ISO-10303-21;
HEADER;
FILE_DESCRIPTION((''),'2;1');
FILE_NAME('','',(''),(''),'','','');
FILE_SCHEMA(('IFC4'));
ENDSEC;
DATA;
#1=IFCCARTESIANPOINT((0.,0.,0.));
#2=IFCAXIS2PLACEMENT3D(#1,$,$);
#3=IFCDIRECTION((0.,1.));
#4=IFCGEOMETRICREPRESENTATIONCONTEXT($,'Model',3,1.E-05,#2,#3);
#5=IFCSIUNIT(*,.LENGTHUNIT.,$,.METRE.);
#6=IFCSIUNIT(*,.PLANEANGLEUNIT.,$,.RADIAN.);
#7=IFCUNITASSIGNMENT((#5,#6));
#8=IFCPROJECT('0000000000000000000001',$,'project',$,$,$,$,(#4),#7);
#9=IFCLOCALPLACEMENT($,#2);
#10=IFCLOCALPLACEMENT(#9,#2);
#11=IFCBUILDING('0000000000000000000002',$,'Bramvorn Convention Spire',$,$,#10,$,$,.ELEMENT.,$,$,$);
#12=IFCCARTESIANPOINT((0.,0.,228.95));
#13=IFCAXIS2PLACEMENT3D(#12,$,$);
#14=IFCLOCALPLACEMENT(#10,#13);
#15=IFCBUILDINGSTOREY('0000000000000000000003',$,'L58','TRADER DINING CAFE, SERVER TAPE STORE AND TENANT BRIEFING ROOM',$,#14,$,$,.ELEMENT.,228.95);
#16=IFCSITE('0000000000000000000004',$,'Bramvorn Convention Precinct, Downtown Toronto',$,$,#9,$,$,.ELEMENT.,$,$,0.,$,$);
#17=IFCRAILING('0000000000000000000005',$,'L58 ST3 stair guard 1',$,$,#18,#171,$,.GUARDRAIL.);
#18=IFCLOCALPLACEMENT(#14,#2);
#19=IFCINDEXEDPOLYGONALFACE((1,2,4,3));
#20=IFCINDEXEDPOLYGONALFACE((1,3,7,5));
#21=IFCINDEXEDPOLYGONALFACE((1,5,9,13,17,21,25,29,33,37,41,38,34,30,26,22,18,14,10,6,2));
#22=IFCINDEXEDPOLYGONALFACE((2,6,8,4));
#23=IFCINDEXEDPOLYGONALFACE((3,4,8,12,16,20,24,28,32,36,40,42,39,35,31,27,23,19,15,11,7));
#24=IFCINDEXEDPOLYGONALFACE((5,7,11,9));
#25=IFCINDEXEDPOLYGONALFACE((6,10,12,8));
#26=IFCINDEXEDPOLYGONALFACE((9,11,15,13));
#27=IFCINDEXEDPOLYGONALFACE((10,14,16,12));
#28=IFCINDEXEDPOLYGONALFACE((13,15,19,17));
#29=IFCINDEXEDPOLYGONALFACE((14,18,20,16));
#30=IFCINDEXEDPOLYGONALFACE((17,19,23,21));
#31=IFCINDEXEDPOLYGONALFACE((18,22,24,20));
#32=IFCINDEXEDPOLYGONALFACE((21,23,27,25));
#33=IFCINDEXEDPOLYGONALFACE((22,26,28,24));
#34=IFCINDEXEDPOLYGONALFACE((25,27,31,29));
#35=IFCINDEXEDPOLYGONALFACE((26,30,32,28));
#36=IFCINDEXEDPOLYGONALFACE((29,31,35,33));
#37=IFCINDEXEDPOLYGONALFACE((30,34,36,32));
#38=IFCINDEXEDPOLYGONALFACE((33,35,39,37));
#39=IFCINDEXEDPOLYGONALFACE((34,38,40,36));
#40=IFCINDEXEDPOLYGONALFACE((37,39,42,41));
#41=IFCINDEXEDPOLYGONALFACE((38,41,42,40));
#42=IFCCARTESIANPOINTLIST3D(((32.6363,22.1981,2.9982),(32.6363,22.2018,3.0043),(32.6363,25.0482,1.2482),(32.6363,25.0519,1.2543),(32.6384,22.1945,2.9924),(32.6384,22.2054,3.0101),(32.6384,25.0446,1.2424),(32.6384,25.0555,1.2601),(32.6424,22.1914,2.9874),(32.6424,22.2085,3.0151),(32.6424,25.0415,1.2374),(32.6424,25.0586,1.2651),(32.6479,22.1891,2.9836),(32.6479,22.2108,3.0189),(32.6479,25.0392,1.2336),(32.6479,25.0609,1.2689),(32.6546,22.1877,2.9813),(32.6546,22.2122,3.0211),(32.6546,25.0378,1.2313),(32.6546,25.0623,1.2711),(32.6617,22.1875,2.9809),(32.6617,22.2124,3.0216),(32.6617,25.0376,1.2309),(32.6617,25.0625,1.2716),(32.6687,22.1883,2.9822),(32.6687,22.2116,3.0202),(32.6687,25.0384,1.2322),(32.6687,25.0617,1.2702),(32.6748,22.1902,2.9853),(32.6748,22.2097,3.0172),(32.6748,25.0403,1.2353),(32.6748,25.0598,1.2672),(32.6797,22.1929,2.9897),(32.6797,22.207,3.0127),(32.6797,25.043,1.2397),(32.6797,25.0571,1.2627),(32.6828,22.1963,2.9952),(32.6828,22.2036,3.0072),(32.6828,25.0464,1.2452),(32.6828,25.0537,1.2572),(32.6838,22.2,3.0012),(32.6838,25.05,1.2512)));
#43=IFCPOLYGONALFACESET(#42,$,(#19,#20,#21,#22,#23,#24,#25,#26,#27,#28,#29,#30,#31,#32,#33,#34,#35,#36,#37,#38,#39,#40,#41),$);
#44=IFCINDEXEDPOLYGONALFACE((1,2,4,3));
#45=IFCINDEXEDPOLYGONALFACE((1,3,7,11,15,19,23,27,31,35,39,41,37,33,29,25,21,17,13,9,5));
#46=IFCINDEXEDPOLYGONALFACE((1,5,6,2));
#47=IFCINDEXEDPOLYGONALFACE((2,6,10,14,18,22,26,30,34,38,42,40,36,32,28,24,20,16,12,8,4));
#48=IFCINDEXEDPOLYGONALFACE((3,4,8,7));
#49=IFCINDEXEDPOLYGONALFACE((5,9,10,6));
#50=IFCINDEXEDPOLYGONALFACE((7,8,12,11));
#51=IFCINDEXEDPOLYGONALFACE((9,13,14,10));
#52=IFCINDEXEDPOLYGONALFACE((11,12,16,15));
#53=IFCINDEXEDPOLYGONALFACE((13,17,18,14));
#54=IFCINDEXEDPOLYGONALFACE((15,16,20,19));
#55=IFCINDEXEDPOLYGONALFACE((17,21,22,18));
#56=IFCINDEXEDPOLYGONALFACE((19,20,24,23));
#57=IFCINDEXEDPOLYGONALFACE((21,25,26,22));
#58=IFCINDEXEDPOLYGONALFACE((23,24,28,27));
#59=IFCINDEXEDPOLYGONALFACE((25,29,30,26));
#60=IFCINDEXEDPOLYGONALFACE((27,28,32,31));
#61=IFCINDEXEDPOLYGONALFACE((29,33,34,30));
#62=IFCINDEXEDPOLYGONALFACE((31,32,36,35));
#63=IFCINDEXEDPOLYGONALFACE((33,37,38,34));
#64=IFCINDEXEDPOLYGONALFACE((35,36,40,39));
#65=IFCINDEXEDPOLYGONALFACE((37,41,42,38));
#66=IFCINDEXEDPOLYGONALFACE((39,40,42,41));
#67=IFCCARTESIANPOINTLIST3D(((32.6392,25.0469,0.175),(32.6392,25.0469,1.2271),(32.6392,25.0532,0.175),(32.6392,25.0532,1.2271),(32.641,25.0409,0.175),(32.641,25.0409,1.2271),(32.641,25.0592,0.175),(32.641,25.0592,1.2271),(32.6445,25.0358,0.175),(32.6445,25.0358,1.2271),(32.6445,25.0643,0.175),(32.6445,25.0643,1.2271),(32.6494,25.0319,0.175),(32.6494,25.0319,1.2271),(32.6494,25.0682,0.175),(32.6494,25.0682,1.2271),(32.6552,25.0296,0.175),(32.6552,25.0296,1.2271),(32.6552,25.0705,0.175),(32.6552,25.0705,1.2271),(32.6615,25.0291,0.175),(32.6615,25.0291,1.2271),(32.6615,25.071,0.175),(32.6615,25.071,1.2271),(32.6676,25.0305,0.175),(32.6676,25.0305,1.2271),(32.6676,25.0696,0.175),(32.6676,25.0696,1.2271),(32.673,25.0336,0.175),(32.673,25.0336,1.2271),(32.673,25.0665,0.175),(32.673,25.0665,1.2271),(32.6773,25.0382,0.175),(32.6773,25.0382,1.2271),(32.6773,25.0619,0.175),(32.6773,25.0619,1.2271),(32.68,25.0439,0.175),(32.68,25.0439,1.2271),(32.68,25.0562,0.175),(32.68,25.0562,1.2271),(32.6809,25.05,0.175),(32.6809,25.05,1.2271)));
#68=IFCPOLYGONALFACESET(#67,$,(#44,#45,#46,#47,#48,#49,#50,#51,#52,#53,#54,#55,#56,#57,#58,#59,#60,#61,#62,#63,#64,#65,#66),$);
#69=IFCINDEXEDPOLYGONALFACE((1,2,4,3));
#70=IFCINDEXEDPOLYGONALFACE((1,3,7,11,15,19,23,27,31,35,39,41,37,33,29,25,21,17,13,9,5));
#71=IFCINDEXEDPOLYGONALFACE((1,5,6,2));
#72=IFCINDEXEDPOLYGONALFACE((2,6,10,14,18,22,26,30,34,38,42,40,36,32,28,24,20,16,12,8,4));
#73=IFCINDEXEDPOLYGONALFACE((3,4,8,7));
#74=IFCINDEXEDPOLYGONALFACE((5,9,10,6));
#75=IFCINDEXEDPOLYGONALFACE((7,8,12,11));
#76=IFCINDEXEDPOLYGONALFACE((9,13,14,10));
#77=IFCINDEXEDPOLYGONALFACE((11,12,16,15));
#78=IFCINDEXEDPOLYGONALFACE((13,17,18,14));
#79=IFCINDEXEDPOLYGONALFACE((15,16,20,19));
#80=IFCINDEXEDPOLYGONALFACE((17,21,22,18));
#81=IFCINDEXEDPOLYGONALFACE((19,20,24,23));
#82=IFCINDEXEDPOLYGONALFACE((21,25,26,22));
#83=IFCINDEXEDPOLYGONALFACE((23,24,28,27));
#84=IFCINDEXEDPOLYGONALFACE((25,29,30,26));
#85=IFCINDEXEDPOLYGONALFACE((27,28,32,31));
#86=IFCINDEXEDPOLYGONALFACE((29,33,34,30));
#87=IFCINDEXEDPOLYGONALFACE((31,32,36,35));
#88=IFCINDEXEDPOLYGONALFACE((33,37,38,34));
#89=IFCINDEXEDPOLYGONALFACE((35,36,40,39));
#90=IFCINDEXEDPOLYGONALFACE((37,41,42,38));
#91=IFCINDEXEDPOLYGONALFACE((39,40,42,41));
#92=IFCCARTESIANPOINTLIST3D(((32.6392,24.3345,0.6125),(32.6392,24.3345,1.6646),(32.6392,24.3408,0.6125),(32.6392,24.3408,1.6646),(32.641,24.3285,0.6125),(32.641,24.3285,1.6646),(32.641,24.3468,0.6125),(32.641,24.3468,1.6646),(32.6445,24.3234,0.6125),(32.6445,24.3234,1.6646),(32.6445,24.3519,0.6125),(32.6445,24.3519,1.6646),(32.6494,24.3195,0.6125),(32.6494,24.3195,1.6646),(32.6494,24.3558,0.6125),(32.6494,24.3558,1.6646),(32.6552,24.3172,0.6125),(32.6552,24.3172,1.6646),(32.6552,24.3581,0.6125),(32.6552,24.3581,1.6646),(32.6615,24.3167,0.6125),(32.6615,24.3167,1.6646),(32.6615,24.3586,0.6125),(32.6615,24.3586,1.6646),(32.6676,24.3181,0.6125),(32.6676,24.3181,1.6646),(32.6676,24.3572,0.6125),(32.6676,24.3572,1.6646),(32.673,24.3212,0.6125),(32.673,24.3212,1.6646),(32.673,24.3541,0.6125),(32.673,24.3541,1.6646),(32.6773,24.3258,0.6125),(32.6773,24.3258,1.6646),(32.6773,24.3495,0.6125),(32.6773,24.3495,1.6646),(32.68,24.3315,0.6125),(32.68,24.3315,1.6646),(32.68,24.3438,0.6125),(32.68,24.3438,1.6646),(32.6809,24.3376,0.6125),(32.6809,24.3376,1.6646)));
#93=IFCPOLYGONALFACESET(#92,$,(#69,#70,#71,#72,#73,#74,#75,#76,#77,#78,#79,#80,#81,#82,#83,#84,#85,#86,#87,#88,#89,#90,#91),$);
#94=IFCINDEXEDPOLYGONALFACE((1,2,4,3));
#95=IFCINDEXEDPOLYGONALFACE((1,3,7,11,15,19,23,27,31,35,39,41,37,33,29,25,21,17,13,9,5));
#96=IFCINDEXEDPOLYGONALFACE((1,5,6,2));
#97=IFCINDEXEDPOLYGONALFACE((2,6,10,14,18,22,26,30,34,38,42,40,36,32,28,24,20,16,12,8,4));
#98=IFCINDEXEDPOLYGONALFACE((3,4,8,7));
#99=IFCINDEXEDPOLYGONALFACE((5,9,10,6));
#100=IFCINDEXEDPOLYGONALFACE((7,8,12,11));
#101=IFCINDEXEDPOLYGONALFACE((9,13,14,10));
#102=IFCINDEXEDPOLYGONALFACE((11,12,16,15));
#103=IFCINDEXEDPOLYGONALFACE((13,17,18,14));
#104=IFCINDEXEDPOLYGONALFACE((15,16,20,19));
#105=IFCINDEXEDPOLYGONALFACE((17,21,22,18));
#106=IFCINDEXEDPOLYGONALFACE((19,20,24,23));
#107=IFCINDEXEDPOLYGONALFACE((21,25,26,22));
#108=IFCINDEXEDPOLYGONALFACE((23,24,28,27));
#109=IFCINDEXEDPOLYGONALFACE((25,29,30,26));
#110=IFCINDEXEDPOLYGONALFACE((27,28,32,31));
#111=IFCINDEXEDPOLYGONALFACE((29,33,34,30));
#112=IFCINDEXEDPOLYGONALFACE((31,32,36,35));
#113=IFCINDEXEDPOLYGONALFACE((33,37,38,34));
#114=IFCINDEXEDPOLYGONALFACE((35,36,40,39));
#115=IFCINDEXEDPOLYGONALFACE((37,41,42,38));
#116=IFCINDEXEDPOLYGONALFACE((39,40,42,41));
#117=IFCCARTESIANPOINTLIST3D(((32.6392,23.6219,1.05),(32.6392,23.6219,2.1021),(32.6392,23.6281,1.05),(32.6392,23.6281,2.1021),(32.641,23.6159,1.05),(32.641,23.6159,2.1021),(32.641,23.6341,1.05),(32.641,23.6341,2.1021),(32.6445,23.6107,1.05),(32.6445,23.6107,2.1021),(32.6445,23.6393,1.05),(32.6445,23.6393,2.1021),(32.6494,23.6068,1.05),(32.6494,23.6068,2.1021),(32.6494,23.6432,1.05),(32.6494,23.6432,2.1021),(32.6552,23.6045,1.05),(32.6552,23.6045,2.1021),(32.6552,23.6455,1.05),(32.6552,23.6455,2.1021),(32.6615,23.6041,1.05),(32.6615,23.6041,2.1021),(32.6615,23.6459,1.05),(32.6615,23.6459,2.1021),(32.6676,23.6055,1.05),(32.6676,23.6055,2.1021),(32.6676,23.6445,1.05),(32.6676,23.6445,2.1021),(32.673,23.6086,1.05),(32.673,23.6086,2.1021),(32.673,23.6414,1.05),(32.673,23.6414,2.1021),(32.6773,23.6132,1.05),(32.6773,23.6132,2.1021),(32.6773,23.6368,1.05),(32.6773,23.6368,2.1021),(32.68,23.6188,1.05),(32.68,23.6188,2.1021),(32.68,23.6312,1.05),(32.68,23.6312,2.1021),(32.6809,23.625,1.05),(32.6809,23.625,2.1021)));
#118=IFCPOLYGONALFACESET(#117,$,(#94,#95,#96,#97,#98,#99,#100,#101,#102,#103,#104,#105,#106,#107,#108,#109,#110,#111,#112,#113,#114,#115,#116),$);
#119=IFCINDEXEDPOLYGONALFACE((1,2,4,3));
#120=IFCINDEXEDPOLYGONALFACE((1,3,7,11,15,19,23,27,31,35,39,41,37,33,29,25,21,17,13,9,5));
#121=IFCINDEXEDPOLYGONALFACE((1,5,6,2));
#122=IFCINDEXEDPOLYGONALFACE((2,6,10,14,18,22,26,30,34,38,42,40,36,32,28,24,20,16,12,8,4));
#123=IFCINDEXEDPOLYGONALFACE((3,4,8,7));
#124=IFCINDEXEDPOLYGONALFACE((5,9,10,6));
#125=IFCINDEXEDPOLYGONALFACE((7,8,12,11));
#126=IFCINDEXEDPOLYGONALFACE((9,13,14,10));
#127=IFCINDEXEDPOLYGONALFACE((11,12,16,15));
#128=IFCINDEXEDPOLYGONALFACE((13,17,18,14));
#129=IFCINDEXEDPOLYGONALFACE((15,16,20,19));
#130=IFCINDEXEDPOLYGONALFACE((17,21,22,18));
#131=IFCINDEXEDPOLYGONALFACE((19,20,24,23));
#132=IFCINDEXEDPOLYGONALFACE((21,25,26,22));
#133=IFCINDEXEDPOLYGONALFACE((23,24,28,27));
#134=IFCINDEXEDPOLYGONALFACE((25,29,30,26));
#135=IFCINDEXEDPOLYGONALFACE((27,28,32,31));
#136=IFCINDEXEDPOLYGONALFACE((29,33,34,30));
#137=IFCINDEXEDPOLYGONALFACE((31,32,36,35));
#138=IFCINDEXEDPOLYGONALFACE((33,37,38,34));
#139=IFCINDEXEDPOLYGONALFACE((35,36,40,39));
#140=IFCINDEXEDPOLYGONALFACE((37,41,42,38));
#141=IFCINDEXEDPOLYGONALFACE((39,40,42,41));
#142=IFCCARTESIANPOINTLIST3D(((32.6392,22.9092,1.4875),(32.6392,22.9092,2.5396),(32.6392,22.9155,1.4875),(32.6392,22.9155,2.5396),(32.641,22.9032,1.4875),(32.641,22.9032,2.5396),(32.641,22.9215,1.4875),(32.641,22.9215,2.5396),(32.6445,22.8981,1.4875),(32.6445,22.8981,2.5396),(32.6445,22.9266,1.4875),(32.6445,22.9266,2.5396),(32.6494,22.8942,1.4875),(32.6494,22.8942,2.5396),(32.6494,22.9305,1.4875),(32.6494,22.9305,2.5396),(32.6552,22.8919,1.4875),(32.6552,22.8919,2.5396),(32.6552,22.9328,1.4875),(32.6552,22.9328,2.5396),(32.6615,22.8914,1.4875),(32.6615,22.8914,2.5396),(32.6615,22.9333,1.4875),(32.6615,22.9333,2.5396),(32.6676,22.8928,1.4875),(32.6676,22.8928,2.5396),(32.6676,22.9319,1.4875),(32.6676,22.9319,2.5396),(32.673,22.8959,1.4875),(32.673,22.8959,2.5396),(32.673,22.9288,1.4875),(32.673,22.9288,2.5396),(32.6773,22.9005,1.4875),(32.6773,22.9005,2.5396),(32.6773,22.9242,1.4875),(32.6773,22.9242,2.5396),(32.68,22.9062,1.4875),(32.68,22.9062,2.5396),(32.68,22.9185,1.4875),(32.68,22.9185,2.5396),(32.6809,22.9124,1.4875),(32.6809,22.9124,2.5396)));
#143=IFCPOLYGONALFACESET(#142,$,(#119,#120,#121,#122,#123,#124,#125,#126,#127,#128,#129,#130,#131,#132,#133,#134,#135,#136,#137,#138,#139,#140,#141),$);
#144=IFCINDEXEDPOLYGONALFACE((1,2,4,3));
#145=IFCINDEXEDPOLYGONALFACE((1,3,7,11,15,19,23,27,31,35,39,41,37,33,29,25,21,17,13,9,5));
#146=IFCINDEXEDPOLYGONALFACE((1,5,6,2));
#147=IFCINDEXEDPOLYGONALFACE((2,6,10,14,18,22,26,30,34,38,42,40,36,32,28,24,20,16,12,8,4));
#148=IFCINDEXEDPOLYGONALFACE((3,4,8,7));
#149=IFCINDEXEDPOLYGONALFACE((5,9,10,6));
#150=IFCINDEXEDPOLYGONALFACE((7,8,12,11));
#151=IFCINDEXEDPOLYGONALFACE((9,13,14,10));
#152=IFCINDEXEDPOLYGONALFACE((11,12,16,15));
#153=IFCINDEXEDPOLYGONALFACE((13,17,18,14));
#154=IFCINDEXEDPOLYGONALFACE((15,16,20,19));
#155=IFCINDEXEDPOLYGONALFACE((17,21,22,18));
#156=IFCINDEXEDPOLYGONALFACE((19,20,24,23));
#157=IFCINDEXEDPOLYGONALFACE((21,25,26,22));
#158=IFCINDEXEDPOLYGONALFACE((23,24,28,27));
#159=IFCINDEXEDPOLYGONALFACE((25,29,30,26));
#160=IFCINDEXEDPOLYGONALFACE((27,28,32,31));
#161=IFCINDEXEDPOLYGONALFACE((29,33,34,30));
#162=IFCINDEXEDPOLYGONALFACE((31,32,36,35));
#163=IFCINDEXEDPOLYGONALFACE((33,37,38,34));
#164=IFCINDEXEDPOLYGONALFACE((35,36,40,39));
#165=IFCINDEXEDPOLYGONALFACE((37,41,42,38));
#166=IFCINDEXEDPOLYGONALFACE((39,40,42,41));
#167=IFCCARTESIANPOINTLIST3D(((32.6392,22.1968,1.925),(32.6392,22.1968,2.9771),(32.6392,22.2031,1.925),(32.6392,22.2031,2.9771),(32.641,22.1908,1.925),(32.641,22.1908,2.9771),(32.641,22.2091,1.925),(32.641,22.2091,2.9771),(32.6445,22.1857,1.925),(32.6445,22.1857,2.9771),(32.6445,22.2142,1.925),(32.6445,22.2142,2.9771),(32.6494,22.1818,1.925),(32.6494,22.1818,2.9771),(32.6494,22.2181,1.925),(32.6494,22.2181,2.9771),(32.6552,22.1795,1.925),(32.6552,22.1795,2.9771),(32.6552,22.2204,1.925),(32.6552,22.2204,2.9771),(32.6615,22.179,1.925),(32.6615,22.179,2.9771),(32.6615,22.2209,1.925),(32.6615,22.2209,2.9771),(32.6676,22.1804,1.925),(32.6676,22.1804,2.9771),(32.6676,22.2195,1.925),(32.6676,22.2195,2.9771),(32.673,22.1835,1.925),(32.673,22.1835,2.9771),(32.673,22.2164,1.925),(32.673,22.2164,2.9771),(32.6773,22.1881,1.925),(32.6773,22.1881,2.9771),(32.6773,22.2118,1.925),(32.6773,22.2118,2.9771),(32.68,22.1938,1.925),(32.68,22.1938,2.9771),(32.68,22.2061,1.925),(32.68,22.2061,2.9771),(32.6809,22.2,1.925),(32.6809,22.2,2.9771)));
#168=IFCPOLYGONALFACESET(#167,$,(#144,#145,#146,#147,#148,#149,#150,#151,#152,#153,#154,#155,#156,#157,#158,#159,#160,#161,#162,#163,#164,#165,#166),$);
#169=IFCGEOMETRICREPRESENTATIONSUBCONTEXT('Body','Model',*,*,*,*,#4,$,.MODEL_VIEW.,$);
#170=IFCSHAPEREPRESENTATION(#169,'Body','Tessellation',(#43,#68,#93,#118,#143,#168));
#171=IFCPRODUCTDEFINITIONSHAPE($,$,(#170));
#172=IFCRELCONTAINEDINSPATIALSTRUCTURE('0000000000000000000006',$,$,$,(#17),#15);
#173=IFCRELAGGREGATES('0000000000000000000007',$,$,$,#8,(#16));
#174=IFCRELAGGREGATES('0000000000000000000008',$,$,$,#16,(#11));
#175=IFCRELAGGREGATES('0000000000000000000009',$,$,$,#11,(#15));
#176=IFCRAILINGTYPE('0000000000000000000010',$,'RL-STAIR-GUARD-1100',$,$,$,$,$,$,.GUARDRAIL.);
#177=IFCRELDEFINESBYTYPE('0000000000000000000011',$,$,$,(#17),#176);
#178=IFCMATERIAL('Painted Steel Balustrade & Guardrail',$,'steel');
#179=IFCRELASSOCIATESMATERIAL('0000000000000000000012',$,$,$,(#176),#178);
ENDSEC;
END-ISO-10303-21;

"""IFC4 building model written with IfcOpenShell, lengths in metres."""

from ifc_helpers import new_model, si_unit, direction, frame, origin, origin_2d, place, context, subcontext, project, spatial, circle, extrude, material, type_object, element, save


model = new_model("IFC4")

# Units and contexts
model_context = context("Model", 3, precision=1e-05, world=origin(), true_north=direction((0.0, 1.0)))
body_context = subcontext(model_context, "Body", "Model", "MODEL_VIEW")
ifc_project = project(units=[si_unit("LENGTHUNIT", "METRE"), si_unit("PLANEANGLEUNIT", "RADIAN")], contexts=[model_context])

# Site, building, storey
site_placement = place(None, origin())
site = spatial("IfcSite", under=ifc_project, at=site_placement, Name="Bramvorn Convention Precinct, Downtown Toronto", CompositionType="ELEMENT", RefElevation=0.0)
building_placement = place(site_placement, origin())
building = spatial("IfcBuilding", under=site, at=building_placement, Name="Bramvorn Convention Spire", CompositionType="ELEMENT")
storey_placement = place(building_placement, frame((0.0, 0.0, 228.95)))
storey = spatial("IfcBuildingStorey", under=building, at=storey_placement, Name="L58", Description="TRADER DINING CAFE, SERVER TAPE STORE AND TENANT BRIEFING ROOM", CompositionType="ELEMENT", Elevation=228.95)

# Railing
ifc_material_1 = material(Name="Painted Steel Balustrade & Guardrail", Category="steel")
railing_type = type_object("IfcRailingType", Name="RL-STAIR-GUARD-1100", PredefinedType="GUARDRAIL", material=ifc_material_1)
railing_1_placement = place(storey_placement, frame((32.6599, 25.05, 0.175)))
element("IfcRailing", 1, at=railing_1_placement, inside=storey, type_object=railing_type, Name="L58 ST3 stair guard 1", PredefinedType="GUARDRAIL", context=body_context, shape_type="SweptSolid", body=[
    extrude(circle(Radius=0.0239, at=origin_2d()), frame((0.0, 0.0, 1.0762), z_axis=(0.0, -0.852179, 0.52325), x_axis=(1.0, 0.0, 0.0)), (0.0, 0.0, 1.0), 3.3445),
    extrude(circle(Radius=0.021, at=origin_2d()), origin(), (0.0, 0.0, 1.0), 1.052),
    extrude(circle(Radius=0.021, at=origin_2d()), frame((0.0, -0.7124, 0.4375)), (0.0, 0.0, 1.0), 1.052),
    extrude(circle(Radius=0.021, at=origin_2d()), frame((0.0, -1.425, 0.875)), (0.0, 0.0, 1.0), 1.052),
    extrude(circle(Radius=0.021, at=origin_2d()), frame((0.0, -2.1377, 1.3125)), (0.0, 0.0, 1.0), 1.052),
    extrude(circle(Radius=0.021, at=origin_2d()), frame((0.0, -2.8501, 1.75)), (0.0, 0.0, 1.0), 1.052),
])

save(model, "model.ifc")
